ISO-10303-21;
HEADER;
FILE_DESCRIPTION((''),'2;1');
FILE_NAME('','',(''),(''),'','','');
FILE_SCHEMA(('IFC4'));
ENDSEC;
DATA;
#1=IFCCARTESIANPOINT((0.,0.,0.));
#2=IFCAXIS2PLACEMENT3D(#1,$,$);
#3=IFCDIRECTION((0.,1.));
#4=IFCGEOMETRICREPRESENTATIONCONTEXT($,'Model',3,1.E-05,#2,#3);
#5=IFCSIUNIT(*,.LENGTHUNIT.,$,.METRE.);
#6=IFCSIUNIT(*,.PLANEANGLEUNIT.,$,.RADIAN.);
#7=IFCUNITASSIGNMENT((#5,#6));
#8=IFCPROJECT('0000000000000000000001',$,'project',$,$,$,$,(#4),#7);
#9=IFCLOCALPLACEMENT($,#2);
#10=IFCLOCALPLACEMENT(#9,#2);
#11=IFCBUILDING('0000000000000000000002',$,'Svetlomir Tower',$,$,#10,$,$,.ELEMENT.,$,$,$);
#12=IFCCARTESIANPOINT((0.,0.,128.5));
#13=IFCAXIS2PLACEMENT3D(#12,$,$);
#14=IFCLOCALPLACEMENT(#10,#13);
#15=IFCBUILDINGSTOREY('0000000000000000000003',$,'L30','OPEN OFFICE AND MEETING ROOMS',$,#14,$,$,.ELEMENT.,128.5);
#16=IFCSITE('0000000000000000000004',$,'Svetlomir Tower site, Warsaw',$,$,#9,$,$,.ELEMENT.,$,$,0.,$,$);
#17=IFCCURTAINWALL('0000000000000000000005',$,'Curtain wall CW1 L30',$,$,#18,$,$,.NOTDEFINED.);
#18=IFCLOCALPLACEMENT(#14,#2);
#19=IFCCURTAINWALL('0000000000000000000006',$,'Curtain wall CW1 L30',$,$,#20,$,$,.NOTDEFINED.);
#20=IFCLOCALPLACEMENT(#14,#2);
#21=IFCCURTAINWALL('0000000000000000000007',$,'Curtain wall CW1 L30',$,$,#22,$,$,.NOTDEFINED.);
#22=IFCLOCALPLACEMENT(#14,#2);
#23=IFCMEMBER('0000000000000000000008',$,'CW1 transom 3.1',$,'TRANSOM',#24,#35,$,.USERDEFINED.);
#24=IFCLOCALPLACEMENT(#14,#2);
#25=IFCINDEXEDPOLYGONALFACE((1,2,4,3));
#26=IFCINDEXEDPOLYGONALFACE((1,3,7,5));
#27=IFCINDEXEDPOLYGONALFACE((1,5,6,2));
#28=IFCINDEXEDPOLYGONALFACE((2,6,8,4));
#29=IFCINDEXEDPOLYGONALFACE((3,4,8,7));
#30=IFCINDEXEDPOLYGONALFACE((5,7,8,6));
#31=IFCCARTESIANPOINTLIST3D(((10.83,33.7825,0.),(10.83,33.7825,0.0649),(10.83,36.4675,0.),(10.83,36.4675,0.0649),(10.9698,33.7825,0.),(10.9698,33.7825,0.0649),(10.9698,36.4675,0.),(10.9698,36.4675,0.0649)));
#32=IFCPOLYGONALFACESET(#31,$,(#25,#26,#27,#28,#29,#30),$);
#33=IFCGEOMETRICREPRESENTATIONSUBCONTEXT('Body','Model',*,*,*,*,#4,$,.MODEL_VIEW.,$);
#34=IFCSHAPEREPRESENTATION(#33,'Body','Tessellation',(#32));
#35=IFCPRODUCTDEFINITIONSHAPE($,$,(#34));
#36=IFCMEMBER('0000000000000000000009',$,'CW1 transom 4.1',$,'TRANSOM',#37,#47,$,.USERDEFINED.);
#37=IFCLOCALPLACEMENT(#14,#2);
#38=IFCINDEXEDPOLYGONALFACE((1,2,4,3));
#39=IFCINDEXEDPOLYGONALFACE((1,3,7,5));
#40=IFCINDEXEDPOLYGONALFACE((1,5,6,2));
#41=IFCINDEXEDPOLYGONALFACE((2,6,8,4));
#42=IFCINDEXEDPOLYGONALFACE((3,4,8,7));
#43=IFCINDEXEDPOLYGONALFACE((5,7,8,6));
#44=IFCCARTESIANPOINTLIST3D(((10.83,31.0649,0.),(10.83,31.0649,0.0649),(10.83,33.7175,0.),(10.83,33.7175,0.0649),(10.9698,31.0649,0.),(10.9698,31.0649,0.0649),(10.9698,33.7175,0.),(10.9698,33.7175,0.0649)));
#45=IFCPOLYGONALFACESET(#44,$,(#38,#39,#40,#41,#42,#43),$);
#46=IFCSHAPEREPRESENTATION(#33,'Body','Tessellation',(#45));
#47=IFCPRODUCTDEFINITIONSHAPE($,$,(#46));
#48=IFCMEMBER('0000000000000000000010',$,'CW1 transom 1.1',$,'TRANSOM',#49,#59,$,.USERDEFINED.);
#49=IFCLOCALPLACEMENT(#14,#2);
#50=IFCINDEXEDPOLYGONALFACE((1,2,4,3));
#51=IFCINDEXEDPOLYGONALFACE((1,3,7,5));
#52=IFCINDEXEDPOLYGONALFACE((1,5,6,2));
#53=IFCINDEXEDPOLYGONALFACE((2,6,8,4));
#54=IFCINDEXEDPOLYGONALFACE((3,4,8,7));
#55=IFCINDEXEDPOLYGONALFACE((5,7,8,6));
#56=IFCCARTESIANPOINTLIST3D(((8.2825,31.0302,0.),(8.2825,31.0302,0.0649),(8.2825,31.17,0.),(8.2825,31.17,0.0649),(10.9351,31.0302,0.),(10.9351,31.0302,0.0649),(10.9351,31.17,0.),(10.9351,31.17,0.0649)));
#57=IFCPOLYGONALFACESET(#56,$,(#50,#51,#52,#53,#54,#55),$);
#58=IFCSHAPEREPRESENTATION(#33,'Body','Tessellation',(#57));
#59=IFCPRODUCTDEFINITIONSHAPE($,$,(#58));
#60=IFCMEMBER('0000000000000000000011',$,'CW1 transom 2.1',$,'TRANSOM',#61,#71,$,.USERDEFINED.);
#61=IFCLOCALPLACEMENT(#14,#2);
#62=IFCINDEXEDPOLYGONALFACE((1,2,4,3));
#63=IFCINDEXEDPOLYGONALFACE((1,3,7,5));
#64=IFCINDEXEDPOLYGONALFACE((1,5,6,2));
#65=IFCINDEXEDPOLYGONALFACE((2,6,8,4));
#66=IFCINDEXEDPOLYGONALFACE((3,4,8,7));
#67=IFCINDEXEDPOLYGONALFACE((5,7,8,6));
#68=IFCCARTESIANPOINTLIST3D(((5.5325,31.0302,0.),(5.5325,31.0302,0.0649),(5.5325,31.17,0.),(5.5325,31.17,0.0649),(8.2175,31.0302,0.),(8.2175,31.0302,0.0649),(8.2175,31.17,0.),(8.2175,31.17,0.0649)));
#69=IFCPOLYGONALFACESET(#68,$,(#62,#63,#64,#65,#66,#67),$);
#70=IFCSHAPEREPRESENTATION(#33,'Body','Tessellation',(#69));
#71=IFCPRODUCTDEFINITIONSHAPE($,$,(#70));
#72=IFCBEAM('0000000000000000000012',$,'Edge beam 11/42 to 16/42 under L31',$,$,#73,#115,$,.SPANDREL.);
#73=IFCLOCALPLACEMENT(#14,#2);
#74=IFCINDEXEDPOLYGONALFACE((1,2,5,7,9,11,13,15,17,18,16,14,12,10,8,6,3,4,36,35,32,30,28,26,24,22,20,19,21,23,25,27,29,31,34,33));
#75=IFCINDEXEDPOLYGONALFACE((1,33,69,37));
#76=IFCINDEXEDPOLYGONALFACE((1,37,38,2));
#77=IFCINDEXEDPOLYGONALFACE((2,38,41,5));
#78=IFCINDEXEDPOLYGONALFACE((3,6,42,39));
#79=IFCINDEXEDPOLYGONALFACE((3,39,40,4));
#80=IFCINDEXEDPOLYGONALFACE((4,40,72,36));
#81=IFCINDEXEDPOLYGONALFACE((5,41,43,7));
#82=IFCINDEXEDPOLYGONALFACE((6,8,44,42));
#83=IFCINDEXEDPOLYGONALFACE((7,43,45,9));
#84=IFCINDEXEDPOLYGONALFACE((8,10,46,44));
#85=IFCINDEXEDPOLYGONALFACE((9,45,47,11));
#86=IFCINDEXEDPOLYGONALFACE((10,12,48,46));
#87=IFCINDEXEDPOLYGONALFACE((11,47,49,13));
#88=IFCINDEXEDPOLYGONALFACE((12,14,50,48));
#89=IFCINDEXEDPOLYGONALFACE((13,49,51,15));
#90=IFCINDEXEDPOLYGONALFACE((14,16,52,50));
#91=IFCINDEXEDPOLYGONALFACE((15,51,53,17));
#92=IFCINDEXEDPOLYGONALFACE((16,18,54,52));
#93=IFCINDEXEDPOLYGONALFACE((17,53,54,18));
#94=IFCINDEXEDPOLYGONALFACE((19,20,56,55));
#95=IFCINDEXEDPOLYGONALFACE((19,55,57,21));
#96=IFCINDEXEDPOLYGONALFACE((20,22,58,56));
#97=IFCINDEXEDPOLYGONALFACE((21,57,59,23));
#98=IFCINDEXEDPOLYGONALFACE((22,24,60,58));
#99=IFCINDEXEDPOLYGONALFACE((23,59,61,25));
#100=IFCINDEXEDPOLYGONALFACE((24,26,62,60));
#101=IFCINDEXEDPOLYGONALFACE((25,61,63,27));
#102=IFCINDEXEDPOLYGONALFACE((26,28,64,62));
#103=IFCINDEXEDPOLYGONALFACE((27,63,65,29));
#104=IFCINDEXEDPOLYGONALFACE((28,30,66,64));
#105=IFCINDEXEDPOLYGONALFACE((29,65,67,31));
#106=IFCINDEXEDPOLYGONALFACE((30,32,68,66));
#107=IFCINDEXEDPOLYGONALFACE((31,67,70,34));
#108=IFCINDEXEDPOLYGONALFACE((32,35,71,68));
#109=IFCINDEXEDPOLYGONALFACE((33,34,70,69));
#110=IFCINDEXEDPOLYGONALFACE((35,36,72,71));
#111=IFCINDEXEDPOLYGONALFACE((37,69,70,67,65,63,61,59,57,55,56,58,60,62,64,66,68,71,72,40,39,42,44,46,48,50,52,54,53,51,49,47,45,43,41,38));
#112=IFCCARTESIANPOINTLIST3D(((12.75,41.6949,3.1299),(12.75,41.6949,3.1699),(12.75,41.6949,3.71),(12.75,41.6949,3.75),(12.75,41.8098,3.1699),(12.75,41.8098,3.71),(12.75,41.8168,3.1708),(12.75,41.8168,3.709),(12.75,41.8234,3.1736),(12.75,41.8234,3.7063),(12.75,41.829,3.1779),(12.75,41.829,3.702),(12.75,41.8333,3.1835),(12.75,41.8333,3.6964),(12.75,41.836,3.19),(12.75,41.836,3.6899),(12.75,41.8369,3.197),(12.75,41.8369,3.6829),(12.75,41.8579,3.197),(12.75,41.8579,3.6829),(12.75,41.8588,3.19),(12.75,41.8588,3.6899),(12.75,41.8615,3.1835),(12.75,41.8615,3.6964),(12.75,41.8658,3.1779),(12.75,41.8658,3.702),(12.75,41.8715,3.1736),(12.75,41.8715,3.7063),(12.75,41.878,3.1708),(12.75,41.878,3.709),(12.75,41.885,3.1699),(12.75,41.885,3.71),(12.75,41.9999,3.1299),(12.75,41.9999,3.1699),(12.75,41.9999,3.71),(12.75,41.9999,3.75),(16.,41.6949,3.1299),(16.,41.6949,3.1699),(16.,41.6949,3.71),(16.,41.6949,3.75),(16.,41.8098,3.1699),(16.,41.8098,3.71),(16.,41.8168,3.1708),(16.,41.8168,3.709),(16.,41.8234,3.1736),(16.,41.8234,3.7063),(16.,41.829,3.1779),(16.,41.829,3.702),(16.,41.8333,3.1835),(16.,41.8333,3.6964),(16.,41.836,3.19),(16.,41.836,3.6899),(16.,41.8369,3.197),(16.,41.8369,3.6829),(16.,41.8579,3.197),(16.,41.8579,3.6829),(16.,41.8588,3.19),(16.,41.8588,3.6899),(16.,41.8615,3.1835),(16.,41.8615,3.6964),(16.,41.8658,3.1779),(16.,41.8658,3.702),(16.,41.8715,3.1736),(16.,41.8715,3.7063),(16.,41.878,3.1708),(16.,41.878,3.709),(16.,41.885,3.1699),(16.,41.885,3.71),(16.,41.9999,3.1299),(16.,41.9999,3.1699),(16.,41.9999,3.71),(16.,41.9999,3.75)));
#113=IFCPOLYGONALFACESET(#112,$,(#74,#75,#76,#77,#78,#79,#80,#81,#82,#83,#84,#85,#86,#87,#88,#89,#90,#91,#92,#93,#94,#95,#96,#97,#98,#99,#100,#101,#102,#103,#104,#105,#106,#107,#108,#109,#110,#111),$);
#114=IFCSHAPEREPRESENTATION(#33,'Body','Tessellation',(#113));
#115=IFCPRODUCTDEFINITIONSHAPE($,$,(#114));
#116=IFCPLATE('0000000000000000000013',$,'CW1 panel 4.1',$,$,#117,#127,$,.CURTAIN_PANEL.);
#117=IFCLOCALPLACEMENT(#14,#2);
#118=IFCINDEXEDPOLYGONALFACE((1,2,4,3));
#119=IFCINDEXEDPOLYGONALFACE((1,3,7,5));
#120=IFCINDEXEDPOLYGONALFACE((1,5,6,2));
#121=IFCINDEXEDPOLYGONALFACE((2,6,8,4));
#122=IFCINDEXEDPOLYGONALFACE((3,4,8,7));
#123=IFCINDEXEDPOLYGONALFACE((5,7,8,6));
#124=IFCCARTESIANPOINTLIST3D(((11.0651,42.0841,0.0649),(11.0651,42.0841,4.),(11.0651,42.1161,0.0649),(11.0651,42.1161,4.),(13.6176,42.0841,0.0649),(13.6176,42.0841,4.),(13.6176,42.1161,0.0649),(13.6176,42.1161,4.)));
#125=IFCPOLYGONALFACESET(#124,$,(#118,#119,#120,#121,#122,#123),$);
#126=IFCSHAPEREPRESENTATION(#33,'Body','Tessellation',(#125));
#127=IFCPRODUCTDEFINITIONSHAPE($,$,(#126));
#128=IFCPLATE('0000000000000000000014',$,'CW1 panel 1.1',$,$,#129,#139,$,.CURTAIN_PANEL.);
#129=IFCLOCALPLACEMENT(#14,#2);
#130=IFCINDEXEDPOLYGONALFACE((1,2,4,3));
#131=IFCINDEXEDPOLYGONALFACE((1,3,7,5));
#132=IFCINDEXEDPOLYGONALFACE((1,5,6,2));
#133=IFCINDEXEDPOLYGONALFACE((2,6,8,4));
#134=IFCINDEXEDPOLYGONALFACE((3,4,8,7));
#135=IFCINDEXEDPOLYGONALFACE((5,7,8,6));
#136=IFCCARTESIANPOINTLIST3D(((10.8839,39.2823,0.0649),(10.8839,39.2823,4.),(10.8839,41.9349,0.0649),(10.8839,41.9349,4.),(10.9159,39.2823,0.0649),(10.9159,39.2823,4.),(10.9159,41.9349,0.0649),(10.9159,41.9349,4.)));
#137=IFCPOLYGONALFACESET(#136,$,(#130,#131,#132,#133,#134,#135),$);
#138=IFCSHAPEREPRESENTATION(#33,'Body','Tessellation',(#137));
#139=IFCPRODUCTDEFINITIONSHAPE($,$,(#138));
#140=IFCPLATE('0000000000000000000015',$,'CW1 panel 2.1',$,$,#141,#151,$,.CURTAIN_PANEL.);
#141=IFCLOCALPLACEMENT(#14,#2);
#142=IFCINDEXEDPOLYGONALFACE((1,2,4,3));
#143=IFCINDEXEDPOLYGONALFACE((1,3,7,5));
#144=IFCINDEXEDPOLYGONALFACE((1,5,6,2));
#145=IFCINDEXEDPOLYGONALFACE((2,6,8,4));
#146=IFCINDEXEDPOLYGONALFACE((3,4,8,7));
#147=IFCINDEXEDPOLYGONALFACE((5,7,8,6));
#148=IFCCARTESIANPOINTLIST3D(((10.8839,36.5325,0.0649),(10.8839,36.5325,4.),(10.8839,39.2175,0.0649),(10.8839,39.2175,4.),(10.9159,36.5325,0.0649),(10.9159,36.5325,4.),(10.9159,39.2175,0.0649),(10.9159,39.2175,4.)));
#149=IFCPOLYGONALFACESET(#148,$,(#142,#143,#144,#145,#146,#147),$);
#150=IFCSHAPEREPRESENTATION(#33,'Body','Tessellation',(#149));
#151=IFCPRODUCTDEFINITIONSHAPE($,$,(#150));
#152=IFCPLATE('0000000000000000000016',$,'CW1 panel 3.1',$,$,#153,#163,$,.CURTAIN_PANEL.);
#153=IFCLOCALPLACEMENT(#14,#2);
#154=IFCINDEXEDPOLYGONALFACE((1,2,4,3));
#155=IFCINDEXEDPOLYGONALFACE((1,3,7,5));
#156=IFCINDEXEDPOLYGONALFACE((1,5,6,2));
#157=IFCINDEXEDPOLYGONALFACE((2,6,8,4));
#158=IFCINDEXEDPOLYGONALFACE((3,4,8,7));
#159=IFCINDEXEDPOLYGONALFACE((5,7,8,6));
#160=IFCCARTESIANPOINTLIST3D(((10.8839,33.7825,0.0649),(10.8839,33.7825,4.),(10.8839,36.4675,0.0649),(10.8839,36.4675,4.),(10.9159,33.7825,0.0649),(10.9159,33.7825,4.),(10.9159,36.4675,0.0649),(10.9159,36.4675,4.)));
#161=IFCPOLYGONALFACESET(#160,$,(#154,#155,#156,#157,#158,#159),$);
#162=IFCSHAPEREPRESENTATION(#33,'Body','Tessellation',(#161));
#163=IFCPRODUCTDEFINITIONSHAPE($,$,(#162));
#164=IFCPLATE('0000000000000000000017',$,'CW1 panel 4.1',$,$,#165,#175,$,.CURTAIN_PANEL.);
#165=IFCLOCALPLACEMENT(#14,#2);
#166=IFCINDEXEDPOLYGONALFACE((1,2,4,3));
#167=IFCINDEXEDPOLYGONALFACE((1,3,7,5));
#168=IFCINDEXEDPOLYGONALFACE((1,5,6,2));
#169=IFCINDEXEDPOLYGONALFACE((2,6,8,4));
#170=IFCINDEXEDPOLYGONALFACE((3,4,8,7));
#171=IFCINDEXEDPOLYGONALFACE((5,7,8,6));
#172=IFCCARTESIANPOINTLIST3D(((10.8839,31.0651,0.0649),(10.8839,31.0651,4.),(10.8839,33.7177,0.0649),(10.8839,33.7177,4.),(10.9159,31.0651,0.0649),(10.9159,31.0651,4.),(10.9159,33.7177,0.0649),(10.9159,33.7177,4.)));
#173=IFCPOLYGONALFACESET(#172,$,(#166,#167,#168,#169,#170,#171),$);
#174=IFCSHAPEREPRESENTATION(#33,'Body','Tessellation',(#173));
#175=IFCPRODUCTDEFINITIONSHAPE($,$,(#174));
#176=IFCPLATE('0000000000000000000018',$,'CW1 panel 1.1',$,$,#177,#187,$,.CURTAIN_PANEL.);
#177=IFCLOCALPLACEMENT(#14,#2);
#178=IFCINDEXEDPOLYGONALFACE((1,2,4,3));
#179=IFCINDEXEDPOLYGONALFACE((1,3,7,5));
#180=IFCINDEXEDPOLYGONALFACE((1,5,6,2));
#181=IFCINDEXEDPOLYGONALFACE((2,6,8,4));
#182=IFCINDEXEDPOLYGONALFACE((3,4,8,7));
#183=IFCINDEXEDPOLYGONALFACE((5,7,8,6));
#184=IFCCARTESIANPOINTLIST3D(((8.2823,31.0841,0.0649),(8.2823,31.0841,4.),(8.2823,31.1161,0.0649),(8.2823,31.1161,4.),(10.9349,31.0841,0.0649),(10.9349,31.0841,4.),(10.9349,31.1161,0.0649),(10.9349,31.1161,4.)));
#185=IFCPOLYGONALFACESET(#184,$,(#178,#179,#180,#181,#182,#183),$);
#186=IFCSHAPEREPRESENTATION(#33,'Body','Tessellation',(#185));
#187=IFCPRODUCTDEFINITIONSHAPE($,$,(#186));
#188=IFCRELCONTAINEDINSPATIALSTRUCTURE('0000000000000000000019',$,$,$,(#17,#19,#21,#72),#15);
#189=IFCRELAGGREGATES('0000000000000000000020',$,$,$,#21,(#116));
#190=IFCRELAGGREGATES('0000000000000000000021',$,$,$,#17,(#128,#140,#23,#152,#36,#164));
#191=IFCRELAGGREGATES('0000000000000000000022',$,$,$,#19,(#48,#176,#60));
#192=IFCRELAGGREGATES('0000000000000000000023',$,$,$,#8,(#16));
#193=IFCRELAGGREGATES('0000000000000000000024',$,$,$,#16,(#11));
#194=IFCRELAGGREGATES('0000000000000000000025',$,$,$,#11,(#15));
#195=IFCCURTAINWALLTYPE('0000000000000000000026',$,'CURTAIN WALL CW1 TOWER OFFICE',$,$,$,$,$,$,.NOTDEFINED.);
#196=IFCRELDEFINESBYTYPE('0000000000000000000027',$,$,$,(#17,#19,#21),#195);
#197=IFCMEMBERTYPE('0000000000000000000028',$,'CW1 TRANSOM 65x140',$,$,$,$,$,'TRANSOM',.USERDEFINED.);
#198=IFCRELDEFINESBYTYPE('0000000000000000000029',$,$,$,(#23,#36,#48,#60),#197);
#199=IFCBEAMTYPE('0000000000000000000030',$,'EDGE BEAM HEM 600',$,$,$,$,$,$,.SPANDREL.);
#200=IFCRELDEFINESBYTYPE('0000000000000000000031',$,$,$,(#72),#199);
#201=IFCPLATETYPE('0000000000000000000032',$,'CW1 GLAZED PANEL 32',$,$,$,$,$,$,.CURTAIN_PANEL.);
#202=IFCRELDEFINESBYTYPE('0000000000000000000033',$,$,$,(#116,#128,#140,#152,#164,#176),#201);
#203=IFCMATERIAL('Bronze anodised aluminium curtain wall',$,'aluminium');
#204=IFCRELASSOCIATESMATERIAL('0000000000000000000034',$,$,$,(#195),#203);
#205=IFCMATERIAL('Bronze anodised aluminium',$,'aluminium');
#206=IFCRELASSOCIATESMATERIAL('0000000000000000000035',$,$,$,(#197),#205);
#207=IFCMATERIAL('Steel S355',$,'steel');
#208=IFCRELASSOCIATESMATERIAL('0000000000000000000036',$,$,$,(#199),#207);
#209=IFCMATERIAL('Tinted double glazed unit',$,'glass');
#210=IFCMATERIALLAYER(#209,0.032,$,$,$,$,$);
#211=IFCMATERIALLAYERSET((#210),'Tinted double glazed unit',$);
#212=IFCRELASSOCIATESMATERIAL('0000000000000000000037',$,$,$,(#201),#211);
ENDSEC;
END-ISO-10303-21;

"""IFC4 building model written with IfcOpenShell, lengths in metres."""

from ifc_helpers import new_model, si_unit, direction, frame, origin, origin_2d, place, context, subcontext, project, spatial, rectangle, i_section, extrude, material, layer, layer_set, material_profile, profile_set, type_object, element, aggregate, save


model = new_model("IFC4")

# Units and contexts
model_context = context("Model", 3, precision=1e-05, world=origin(), true_north=direction((0.0, 1.0)))
body_context = subcontext(model_context, "Body", "Model", "MODEL_VIEW")
ifc_project = project(units=[si_unit("LENGTHUNIT", "METRE"), si_unit("PLANEANGLEUNIT", "RADIAN")], contexts=[model_context])

# Site, building, storey
site_placement = place(None, origin())
site = spatial("IfcSite", under=ifc_project, at=site_placement, Name="Svetlomir Tower site, Warsaw", CompositionType="ELEMENT", RefElevation=0.0)
building_placement = place(site_placement, origin())
building = spatial("IfcBuilding", under=site, at=building_placement, Name="Svetlomir Tower", CompositionType="ELEMENT")
storey_placement = place(building_placement, frame((0.0, 0.0, 128.5)))
storey = spatial("IfcBuildingStorey", under=building, at=storey_placement, Name="L30", Description="OPEN OFFICE AND MEETING ROOMS", CompositionType="ELEMENT", Elevation=128.5)

# Curtain walls
ifc_material_1 = material(Name="Bronze anodised aluminium curtain wall", Category="aluminium")
curtain_wall_type = type_object("IfcCurtainWallType", Name="CURTAIN WALL CW1 TOWER OFFICE", PredefinedType="NOTDEFINED", material=ifc_material_1)
curtain_wall_1_placement = place(storey_placement, origin())
curtain_wall_1 = element("IfcCurtainWall", 1, at=curtain_wall_1_placement, inside=storey, type_object=curtain_wall_type, Name="Curtain wall CW1 L30", PredefinedType="NOTDEFINED")
curtain_wall_2_placement = place(storey_placement, origin())
curtain_wall_2 = element("IfcCurtainWall", 2, at=curtain_wall_2_placement, inside=storey, type_object=curtain_wall_type, Name="Curtain wall CW1 L30", PredefinedType="NOTDEFINED")

# Curtain wall
curtain_wall_3_placement = place(storey_placement, origin())
curtain_wall_3 = element("IfcCurtainWall", 3, at=curtain_wall_3_placement, inside=storey, type_object=curtain_wall_type, Name="Curtain wall CW1 L30", PredefinedType="NOTDEFINED")

# Members
ifc_material_2 = material(Name="Bronze anodised aluminium", Category="aluminium")
ifc_material_profile_1 = material_profile(ifc_material_2, rectangle(XDim=0.1399, YDim=0.0649, at=origin_2d()), Name="AL 140x65")
ifc_profile_set_1 = profile_set([ifc_material_profile_1], Name="Bronze anodised aluminium 6063-T6")
member_type_1 = type_object("IfcMemberType", Name="CW1 TRANSOM 65x140", ElementType="TRANSOM", PredefinedType="USERDEFINED", material=ifc_profile_set_1)
member_1_placement = place(storey_placement, frame((10.8999, 36.4675, 0.0325), z_axis=(0.0, -1.0, 0.0), x_axis=(1.0, 0.0, 0.0)))
member_1 = element("IfcMember", 4, at=member_1_placement, type_object=member_type_1, Name="CW1 transom 3.1", ObjectType="TRANSOM", PredefinedType="USERDEFINED", context=body_context, shape_type="SweptSolid", body=[
    extrude(rectangle(XDim=0.1399, YDim=0.0649, at=origin_2d()), origin(), (0.0, 0.0, 1.0), 2.6851),
])
member_2_placement = place(storey_placement, frame((10.8999, 33.7175, 0.0325), z_axis=(0.0, -1.0, 0.0), x_axis=(1.0, 0.0, 0.0)))
member_2 = element("IfcMember", 5, at=member_2_placement, type_object=member_type_1, Name="CW1 transom 4.1", ObjectType="TRANSOM", PredefinedType="USERDEFINED", context=body_context, shape_type="SweptSolid", body=[
    extrude(rectangle(XDim=0.1399, YDim=0.0649, at=origin_2d()), origin(), (0.0, 0.0, 1.0), 2.6526),
])
member_3_placement = place(storey_placement, frame((10.9351, 31.1001, 0.0325), z_axis=(-1.0, 0.0, 0.0), x_axis=(0.0, -1.0, 0.0)))
member_3 = element("IfcMember", 6, at=member_3_placement, type_object=member_type_1, Name="CW1 transom 1.1", ObjectType="TRANSOM", PredefinedType="USERDEFINED", context=body_context, shape_type="SweptSolid", body=[
    extrude(rectangle(XDim=0.1399, YDim=0.0649, at=origin_2d()), origin(), (0.0, 0.0, 1.0), 2.6526),
])
member_4_placement = place(storey_placement, frame((8.2175, 31.1001, 0.0325), z_axis=(-1.0, 0.0, 0.0), x_axis=(0.0, -1.0, 0.0)))
member_4 = element("IfcMember", 7, at=member_4_placement, type_object=member_type_1, Name="CW1 transom 2.1", ObjectType="TRANSOM", PredefinedType="USERDEFINED", context=body_context, shape_type="SweptSolid", body=[
    extrude(rectangle(XDim=0.1399, YDim=0.0649, at=origin_2d()), origin(), (0.0, 0.0, 1.0), 2.6851),
])

# Beam
ifc_material_3 = material(Name="Steel S355", Category="steel")
ifc_material_profile_2 = material_profile(ifc_material_3, i_section(OverallWidth=0.3049, OverallDepth=0.6201, WebThickness=0.021, FlangeThickness=0.04, FilletRadius=0.0271, at=origin_2d()), Name="HEM 600")
ifc_profile_set_2 = profile_set([ifc_material_profile_2], Name="Steel S355")
beam_type = type_object("IfcBeamType", Name="EDGE BEAM HEM 600", PredefinedType="SPANDREL", material=ifc_profile_set_2)
beam_placement = place(storey_placement, frame((12.75, 41.8474, 3.4399), z_axis=(1.0, 0.0, 0.0), x_axis=(0.0, 1.0, 0.0)))
element("IfcBeam", 8, at=beam_placement, inside=storey, type_object=beam_type, Name="Edge beam 11/42 to 16/42 under L31", PredefinedType="SPANDREL", context=body_context, shape_type="SweptSolid", body=[
    extrude(i_section(OverallWidth=0.3049, OverallDepth=0.6201, WebThickness=0.021, FlangeThickness=0.04, FilletRadius=0.0271, at=origin_2d()), origin(), (0.0, 0.0, 1.0), 3.25),
])

# Plates
ifc_material_4 = material(Name="Tinted double glazed unit", Category="glass")
ifc_layer_1 = layer(ifc_material_4, 0.032)
ifc_layer_set_1 = layer_set([ifc_layer_1], Name="Tinted double glazed unit")
plate_type = type_object("IfcPlateType", Name="CW1 GLAZED PANEL 32", PredefinedType="CURTAIN_PANEL", material=ifc_layer_set_1)
plate_1_placement = place(storey_placement, frame((12.3413, 42.1001, 0.0649), z_axis=(0.0, 0.0, 1.0), x_axis=(-1.0, 0.0, 0.0)))
plate_1 = element("IfcPlate", 9, at=plate_1_placement, type_object=plate_type, Name="CW1 panel 4.1", PredefinedType="CURTAIN_PANEL", context=body_context, shape_type="SweptSolid", body=[
    extrude(rectangle(XDim=2.5525, YDim=0.032, at=origin_2d()), origin(), (0.0, 0.0, 1.0), 3.9351),
])
aggregate(curtain_wall_3, [plate_1])
plate_2_placement = place(storey_placement, frame((10.8999, 40.6086, 0.0649), z_axis=(0.0, 0.0, 1.0), x_axis=(0.0, -1.0, 0.0)))
plate_2 = element("IfcPlate", 10, at=plate_2_placement, type_object=plate_type, Name="CW1 panel 1.1", PredefinedType="CURTAIN_PANEL", context=body_context, shape_type="SweptSolid", body=[
    extrude(rectangle(XDim=2.6526, YDim=0.032, at=origin_2d()), origin(), (0.0, 0.0, 1.0), 3.9351),
])
plate_3_placement = place(storey_placement, frame((10.8999, 37.875, 0.0649), z_axis=(0.0, 0.0, 1.0), x_axis=(0.0, -1.0, 0.0)))
plate_3 = element("IfcPlate", 11, at=plate_3_placement, type_object=plate_type, Name="CW1 panel 2.1", PredefinedType="CURTAIN_PANEL", context=body_context, shape_type="SweptSolid", body=[
    extrude(rectangle(XDim=2.6851, YDim=0.032, at=origin_2d()), origin(), (0.0, 0.0, 1.0), 3.9351),
])
plate_4_placement = place(storey_placement, frame((10.8999, 35.125, 0.0649), z_axis=(0.0, 0.0, 1.0), x_axis=(0.0, -1.0, 0.0)))
plate_4 = element("IfcPlate", 12, at=plate_4_placement, type_object=plate_type, Name="CW1 panel 3.1", PredefinedType="CURTAIN_PANEL", context=body_context, shape_type="SweptSolid", body=[
    extrude(rectangle(XDim=2.6851, YDim=0.032, at=origin_2d()), origin(), (0.0, 0.0, 1.0), 3.9351),
])
plate_5_placement = place(storey_placement, frame((10.8999, 32.3914, 0.0649), z_axis=(0.0, 0.0, 1.0), x_axis=(0.0, -1.0, 0.0)))
plate_5 = element("IfcPlate", 13, at=plate_5_placement, type_object=plate_type, Name="CW1 panel 4.1", PredefinedType="CURTAIN_PANEL", context=body_context, shape_type="SweptSolid", body=[
    extrude(rectangle(XDim=2.6526, YDim=0.032, at=origin_2d()), origin(), (0.0, 0.0, 1.0), 3.9351),
])
aggregate(curtain_wall_1, [plate_2, plate_3, member_1, plate_4, member_2, plate_5])
plate_6_placement = place(storey_placement, frame((9.6086, 31.1001, 0.0649), z_axis=(0.0, 0.0, 1.0), x_axis=(-1.0, 0.0, 0.0)))
plate_6 = element("IfcPlate", 14, at=plate_6_placement, type_object=plate_type, Name="CW1 panel 1.1", PredefinedType="CURTAIN_PANEL", context=body_context, shape_type="SweptSolid", body=[
    extrude(rectangle(XDim=2.6526, YDim=0.032, at=origin_2d()), origin(), (0.0, 0.0, 1.0), 3.9351),
])
aggregate(curtain_wall_2, [member_3, plate_6, member_4])

save(model, "model.ifc")
